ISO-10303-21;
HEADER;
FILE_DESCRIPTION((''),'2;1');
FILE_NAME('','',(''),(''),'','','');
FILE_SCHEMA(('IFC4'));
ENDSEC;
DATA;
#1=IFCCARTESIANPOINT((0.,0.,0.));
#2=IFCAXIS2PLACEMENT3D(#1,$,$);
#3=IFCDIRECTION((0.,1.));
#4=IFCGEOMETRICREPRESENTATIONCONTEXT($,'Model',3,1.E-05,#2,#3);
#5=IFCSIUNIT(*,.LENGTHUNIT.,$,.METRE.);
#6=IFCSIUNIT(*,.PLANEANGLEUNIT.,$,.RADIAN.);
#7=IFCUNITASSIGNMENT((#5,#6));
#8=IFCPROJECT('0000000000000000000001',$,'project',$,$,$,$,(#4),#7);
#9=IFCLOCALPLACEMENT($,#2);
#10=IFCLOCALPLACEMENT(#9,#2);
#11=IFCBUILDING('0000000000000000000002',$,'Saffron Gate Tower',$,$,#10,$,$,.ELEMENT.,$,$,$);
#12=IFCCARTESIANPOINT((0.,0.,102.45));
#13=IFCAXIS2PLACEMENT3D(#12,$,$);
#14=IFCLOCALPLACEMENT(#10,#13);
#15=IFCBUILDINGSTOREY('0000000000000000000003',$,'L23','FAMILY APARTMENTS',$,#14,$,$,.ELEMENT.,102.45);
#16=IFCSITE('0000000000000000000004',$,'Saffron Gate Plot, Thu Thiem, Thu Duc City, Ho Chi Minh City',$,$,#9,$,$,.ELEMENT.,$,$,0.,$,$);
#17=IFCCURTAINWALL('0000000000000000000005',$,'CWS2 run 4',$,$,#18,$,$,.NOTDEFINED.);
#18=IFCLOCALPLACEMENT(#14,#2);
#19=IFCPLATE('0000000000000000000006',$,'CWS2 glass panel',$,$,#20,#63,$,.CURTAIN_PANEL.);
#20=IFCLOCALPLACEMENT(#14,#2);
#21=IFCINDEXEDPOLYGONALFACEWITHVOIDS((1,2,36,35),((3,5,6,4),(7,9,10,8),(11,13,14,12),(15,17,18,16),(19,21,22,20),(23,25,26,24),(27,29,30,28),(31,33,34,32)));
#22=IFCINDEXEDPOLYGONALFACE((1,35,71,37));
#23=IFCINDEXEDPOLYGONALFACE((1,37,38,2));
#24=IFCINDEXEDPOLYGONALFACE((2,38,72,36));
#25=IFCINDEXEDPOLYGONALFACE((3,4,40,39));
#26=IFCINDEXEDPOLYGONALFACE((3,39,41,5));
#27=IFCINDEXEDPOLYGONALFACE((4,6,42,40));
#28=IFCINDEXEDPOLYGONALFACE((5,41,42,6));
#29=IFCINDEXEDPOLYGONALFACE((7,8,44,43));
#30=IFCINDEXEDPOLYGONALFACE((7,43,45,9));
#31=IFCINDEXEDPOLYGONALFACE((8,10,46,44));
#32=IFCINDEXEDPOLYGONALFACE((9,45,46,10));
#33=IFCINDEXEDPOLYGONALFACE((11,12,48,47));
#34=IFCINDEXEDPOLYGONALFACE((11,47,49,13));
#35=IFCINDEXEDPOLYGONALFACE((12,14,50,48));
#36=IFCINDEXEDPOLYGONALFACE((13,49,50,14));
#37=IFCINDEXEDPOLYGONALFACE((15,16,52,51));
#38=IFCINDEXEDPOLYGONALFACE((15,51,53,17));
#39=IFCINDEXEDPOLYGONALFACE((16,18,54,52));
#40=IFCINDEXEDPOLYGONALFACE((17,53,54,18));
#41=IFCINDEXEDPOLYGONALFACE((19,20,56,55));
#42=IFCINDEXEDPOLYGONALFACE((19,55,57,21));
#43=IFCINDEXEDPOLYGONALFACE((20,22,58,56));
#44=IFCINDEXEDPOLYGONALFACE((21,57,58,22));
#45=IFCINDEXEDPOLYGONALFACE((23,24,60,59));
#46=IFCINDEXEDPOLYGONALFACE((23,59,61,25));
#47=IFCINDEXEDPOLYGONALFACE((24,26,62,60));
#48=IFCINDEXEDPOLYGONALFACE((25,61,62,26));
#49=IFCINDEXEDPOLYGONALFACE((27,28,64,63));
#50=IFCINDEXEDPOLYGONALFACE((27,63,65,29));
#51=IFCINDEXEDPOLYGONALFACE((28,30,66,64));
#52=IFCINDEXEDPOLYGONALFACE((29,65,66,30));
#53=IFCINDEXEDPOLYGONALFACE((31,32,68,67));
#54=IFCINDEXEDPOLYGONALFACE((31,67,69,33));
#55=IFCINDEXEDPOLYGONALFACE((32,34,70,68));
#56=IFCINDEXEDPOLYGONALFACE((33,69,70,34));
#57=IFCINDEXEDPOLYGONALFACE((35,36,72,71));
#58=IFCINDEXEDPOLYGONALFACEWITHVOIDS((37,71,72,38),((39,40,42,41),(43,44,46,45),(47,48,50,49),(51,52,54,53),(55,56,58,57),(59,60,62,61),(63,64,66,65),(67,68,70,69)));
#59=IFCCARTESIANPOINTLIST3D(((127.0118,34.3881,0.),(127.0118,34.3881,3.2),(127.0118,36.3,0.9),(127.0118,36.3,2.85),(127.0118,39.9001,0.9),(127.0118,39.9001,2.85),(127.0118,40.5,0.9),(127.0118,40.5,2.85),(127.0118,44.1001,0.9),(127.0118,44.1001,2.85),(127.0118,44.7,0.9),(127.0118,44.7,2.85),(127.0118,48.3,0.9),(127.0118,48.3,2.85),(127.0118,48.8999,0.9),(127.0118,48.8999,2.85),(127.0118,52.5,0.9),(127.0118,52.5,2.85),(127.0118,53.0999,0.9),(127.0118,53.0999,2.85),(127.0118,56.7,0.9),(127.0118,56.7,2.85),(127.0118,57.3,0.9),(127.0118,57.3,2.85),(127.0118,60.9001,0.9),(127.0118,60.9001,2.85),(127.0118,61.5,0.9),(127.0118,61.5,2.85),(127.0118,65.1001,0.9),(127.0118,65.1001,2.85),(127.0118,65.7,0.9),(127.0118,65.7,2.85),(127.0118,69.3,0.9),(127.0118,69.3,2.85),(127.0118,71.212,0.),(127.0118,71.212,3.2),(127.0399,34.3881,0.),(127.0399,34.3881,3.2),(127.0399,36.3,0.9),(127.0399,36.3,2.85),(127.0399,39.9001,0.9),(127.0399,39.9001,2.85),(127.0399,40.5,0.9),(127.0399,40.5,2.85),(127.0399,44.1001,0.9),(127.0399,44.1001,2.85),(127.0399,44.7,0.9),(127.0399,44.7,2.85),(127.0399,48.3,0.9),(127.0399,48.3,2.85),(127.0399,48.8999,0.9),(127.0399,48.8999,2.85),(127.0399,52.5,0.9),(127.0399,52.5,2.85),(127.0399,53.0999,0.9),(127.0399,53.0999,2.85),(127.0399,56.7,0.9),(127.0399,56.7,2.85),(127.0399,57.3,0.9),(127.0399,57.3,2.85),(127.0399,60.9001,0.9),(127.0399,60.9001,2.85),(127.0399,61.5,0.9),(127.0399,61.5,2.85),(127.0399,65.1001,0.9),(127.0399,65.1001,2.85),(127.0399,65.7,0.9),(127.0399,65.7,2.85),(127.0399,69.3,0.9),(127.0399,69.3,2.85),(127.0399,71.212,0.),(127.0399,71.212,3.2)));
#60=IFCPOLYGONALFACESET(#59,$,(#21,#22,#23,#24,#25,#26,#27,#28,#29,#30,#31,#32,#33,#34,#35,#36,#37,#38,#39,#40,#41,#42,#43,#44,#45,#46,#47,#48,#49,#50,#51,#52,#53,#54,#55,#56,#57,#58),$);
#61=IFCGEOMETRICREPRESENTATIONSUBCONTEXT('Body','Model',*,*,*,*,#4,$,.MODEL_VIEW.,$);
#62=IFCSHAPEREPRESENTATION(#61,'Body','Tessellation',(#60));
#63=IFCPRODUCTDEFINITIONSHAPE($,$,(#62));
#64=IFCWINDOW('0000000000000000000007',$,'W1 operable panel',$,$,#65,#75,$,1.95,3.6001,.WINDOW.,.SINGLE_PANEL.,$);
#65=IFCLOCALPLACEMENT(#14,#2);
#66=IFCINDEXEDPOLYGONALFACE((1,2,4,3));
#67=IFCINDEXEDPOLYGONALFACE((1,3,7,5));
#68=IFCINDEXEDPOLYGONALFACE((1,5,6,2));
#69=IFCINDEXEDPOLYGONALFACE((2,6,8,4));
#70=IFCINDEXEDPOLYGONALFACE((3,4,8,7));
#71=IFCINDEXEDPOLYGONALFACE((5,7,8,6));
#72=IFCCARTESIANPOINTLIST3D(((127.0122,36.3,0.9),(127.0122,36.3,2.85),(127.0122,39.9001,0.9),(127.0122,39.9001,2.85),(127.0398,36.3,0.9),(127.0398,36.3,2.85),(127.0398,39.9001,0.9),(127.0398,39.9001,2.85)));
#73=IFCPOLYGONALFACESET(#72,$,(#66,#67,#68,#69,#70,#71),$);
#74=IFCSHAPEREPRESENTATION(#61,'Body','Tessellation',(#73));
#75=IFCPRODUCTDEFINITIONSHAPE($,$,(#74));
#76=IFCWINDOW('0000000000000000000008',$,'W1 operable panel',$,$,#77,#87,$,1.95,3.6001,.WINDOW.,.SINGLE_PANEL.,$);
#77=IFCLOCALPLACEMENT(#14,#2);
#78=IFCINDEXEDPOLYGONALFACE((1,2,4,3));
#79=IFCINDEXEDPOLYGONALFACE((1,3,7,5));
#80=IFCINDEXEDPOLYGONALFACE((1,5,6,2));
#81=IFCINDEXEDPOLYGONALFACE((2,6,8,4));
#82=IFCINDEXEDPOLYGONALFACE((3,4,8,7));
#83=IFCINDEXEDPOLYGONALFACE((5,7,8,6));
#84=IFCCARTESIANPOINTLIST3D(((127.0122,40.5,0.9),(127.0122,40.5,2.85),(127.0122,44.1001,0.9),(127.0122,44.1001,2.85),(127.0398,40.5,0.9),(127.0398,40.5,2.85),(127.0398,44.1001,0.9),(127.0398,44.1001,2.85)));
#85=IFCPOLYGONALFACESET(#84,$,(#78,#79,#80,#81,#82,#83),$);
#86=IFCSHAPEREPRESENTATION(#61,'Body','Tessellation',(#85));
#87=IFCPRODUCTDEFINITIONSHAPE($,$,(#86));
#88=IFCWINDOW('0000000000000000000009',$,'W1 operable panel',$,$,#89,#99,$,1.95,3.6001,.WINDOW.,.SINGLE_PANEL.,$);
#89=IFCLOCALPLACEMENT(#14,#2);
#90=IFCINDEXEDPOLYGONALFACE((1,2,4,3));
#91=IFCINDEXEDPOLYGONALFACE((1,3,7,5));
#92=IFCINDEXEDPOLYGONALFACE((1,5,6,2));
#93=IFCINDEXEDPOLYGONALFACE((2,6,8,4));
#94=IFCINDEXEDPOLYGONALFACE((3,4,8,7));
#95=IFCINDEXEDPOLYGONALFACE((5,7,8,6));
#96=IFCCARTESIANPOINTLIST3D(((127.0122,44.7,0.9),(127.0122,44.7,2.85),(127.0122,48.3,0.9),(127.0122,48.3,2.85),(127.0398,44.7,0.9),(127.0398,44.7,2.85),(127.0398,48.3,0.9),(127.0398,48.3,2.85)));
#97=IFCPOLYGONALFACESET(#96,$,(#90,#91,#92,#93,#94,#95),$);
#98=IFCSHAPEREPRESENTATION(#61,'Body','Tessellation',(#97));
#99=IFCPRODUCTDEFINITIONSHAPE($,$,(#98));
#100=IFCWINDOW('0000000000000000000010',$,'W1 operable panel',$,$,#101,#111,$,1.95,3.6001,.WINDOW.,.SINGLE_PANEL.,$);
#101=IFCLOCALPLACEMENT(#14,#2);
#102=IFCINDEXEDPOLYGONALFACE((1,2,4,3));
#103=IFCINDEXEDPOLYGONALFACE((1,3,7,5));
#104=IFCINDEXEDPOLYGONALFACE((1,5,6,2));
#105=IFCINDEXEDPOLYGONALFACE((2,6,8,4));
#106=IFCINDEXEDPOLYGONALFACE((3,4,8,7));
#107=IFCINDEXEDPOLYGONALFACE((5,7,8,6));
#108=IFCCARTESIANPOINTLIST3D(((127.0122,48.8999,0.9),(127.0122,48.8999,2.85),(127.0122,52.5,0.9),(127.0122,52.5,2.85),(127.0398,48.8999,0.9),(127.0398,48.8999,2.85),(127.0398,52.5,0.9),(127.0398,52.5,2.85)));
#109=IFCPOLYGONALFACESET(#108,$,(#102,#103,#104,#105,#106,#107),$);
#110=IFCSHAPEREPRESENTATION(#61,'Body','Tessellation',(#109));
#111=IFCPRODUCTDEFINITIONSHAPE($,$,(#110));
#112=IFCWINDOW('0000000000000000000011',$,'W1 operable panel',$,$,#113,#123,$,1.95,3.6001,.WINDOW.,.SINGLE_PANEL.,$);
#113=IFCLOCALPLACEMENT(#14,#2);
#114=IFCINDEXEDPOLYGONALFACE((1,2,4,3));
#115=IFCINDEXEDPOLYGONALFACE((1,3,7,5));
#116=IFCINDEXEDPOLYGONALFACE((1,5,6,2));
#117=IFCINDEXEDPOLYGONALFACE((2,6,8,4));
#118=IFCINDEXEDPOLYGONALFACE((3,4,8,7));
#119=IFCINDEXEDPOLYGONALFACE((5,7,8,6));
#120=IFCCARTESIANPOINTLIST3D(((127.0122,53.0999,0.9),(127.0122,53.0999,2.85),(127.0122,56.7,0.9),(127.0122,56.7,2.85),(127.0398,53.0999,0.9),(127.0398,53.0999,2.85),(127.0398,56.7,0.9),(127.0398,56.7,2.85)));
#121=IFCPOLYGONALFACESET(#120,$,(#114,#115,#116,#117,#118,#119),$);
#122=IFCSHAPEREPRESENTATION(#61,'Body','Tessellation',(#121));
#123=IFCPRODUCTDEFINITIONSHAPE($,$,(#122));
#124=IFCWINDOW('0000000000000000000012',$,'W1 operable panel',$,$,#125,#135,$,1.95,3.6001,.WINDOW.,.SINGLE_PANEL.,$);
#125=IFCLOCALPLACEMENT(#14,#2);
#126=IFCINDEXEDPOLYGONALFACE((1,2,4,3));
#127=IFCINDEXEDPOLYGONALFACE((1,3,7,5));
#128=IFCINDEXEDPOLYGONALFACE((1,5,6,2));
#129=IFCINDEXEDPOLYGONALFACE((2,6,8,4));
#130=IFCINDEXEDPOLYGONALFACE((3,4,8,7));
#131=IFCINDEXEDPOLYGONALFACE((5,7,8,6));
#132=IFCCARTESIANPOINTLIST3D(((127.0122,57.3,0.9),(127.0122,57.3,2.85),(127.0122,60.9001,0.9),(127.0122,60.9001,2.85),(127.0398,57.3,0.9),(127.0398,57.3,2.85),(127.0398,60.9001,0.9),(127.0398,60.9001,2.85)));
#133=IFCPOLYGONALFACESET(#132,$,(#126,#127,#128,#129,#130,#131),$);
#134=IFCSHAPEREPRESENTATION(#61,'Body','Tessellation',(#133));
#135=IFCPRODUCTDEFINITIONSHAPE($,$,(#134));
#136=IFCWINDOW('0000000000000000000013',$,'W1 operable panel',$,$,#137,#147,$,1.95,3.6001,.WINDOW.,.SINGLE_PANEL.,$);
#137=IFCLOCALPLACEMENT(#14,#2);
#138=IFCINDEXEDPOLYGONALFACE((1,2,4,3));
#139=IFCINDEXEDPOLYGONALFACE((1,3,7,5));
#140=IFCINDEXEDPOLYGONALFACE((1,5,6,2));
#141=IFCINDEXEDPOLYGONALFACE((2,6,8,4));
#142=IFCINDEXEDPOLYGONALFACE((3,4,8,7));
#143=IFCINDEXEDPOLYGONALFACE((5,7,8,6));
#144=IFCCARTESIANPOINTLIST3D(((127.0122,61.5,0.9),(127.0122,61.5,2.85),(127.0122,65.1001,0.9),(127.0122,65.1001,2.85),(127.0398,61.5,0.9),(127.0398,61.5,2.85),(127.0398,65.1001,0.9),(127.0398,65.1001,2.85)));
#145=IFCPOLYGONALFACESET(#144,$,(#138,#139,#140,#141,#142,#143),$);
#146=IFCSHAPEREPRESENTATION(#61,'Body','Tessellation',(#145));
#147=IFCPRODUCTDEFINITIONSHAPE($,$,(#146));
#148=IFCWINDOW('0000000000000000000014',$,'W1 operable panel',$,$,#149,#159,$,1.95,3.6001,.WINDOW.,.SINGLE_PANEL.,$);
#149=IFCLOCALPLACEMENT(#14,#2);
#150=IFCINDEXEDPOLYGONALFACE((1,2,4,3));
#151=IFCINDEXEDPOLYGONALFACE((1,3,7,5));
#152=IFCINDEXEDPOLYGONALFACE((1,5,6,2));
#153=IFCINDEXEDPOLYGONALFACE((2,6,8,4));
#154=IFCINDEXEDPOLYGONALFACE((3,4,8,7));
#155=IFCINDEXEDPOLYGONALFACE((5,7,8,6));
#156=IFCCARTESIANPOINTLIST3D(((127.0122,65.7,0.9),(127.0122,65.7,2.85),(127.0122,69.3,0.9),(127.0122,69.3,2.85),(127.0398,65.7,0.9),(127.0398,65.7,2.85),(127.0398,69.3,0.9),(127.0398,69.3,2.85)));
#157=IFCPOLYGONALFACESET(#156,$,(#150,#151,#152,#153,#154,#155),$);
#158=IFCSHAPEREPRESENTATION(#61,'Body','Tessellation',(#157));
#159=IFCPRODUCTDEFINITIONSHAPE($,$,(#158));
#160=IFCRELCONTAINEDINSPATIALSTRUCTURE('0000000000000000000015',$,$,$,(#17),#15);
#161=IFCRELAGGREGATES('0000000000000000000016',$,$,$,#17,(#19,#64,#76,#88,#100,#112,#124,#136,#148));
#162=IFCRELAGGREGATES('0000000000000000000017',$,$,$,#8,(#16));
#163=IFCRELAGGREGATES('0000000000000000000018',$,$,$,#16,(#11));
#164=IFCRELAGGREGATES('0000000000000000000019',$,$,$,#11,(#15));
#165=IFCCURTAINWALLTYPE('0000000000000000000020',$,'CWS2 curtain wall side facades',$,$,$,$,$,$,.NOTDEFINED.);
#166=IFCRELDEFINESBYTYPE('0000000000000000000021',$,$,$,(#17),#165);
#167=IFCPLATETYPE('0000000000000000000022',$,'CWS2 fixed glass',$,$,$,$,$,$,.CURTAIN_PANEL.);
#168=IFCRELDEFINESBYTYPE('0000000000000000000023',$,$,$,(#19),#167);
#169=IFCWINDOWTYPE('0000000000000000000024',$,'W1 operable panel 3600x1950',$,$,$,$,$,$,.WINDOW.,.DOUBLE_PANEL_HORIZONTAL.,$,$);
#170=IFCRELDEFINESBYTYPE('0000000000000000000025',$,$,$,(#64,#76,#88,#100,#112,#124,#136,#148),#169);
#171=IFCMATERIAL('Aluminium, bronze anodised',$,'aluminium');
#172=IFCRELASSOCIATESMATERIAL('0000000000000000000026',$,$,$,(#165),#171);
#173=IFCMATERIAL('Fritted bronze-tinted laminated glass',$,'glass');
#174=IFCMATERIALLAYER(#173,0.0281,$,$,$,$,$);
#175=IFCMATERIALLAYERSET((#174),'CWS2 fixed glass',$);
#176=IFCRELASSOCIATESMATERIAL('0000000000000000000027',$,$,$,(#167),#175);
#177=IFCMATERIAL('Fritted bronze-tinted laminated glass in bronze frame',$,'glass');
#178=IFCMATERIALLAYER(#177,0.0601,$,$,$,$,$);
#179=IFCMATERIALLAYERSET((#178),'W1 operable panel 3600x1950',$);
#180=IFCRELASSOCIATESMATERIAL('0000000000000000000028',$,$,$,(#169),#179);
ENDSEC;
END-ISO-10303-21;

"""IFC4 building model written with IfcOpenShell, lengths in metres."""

from ifc_helpers import new_model, si_unit, direction, frame, frame_2d, origin, place, context, subcontext, project, spatial, rectangle, extrude, material, layer, layer_set, type_object, element, fill, aggregate, save


model = new_model("IFC4")

# Units and contexts
model_context = context("Model", 3, precision=1e-05, world=origin(), true_north=direction((0.0, 1.0)))
body_context = subcontext(model_context, "Body", "Model", "MODEL_VIEW")
ifc_project = project(units=[si_unit("LENGTHUNIT", "METRE"), si_unit("PLANEANGLEUNIT", "RADIAN")], contexts=[model_context])

# Site, building, storey
site_placement = place(None, origin())
site = spatial("IfcSite", under=ifc_project, at=site_placement, Name="Saffron Gate Plot, Thu Thiem, Thu Duc City, Ho Chi Minh City", CompositionType="ELEMENT", RefElevation=0.0)
building_placement = place(site_placement, origin())
building = spatial("IfcBuilding", under=site, at=building_placement, Name="Saffron Gate Tower", CompositionType="ELEMENT")
storey_placement = place(building_placement, frame((0.0, 0.0, 102.45)))
storey = spatial("IfcBuildingStorey", under=building, at=storey_placement, Name="L23", Description="FAMILY APARTMENTS", CompositionType="ELEMENT", Elevation=102.45)

# Curtain wall
ifc_material_1 = material(Name="Aluminium, bronze anodised", Category="aluminium")
curtain_wall_type_1 = type_object("IfcCurtainWallType", Name="CWS2 curtain wall side facades", PredefinedType="NOTDEFINED", material=ifc_material_1)
curtain_wall_1_placement = place(storey_placement, origin())
curtain_wall_1 = element("IfcCurtainWall", 1, at=curtain_wall_1_placement, inside=storey, type_object=curtain_wall_type_1, Name="CWS2 run 4", PredefinedType="NOTDEFINED")

# Plate, openings, windows
ifc_material_2 = material(Name="Fritted bronze-tinted laminated glass", Category="glass")
ifc_layer_1 = layer(ifc_material_2, 0.0281)
ifc_layer_set_1 = layer_set([ifc_layer_1], Name="CWS2 fixed glass")
plate_type_1 = type_object("IfcPlateType", Name="CWS2 fixed glass", PredefinedType="CURTAIN_PANEL", material=ifc_layer_set_1)
plate_1_placement = place(storey_placement, frame((127.0259, 34.3879, 0.0), z_axis=(0.0, 0.0, 1.0), x_axis=(0.0, 1.0, 0.0)))
plate_1 = element("IfcPlate", 2, at=plate_1_placement, type_object=plate_type_1, Name="CWS2 glass panel", PredefinedType="CURTAIN_PANEL", context=body_context, shape_type="SweptSolid", body=[
    extrude(rectangle(XDim=36.824, YDim=0.0281, at=frame_2d((18.4121, 0.0))), origin(), (0.0, 0.0, 1.0), 3.2),
])
opening_1_placement = place(plate_1_placement, frame((1.9121, 0.0, 0.8999)))
opening_1 = element("IfcOpeningElement", 3, at=opening_1_placement, cuts=plate_1, PredefinedType="OPENING", context=body_context, shape_type="SweptSolid", body=[
    extrude(rectangle(XDim=3.6001, YDim=1.95, at=frame_2d((1.8, 0.9751))), frame((0.0, 0.0239, 0.0), z_axis=(0.0, -1.0, 0.0), x_axis=(1.0, 0.0, 0.0)), (0.0, 0.0, 1.0), 0.0481),
])
opening_2_placement = place(plate_1_placement, frame((6.1121, 0.0, 0.8999)))
opening_2 = element("IfcOpeningElement", 4, at=opening_2_placement, cuts=plate_1, PredefinedType="OPENING", context=body_context, shape_type="SweptSolid", body=[
    extrude(rectangle(XDim=3.6001, YDim=1.95, at=frame_2d((1.8, 0.9751))), frame((0.0, 0.0239, 0.0), z_axis=(0.0, -1.0, 0.0), x_axis=(1.0, 0.0, 0.0)), (0.0, 0.0, 1.0), 0.0481),
])
opening_3_placement = place(plate_1_placement, frame((10.312, 0.0, 0.8999)))
opening_3 = element("IfcOpeningElement", 5, at=opening_3_placement, cuts=plate_1, PredefinedType="OPENING", context=body_context, shape_type="SweptSolid", body=[
    extrude(rectangle(XDim=3.6001, YDim=1.95, at=frame_2d((1.8, 0.9751))), frame((0.0, 0.0239, 0.0), z_axis=(0.0, -1.0, 0.0), x_axis=(1.0, 0.0, 0.0)), (0.0, 0.0, 1.0), 0.0481),
])
opening_4_placement = place(plate_1_placement, frame((14.512, 0.0, 0.8999)))
opening_4 = element("IfcOpeningElement", 6, at=opening_4_placement, cuts=plate_1, PredefinedType="OPENING", context=body_context, shape_type="SweptSolid", body=[
    extrude(rectangle(XDim=3.6001, YDim=1.95, at=frame_2d((1.8, 0.9751))), frame((0.0, 0.0239, 0.0), z_axis=(0.0, -1.0, 0.0), x_axis=(1.0, 0.0, 0.0)), (0.0, 0.0, 1.0), 0.0481),
])
opening_5_placement = place(plate_1_placement, frame((18.7119, 0.0, 0.8999)))
opening_5 = element("IfcOpeningElement", 7, at=opening_5_placement, cuts=plate_1, PredefinedType="OPENING", context=body_context, shape_type="SweptSolid", body=[
    extrude(rectangle(XDim=3.6001, YDim=1.95, at=frame_2d((1.8, 0.9751))), frame((0.0, 0.0239, 0.0), z_axis=(0.0, -1.0, 0.0), x_axis=(1.0, 0.0, 0.0)), (0.0, 0.0, 1.0), 0.0481),
])
opening_6_placement = place(plate_1_placement, frame((22.9121, 0.0, 0.8999)))
opening_6 = element("IfcOpeningElement", 8, at=opening_6_placement, cuts=plate_1, PredefinedType="OPENING", context=body_context, shape_type="SweptSolid", body=[
    extrude(rectangle(XDim=3.6001, YDim=1.95, at=frame_2d((1.8, 0.9751))), frame((0.0, 0.0239, 0.0), z_axis=(0.0, -1.0, 0.0), x_axis=(1.0, 0.0, 0.0)), (0.0, 0.0, 1.0), 0.0481),
])
opening_7_placement = place(plate_1_placement, frame((27.1121, 0.0, 0.8999)))
opening_7 = element("IfcOpeningElement", 9, at=opening_7_placement, cuts=plate_1, PredefinedType="OPENING", context=body_context, shape_type="SweptSolid", body=[
    extrude(rectangle(XDim=3.6001, YDim=1.95, at=frame_2d((1.8, 0.9751))), frame((0.0, 0.0239, 0.0), z_axis=(0.0, -1.0, 0.0), x_axis=(1.0, 0.0, 0.0)), (0.0, 0.0, 1.0), 0.0481),
])
opening_8_placement = place(plate_1_placement, frame((31.312, 0.0, 0.8999)))
opening_8 = element("IfcOpeningElement", 10, at=opening_8_placement, cuts=plate_1, PredefinedType="OPENING", context=body_context, shape_type="SweptSolid", body=[
    extrude(rectangle(XDim=3.6001, YDim=1.95, at=frame_2d((1.8, 0.9751))), frame((0.0, 0.0239, 0.0), z_axis=(0.0, -1.0, 0.0), x_axis=(1.0, 0.0, 0.0)), (0.0, 0.0, 1.0), 0.0481),
])
ifc_material_3 = material(Name="Fritted bronze-tinted laminated glass in bronze frame", Category="glass")
ifc_layer_2 = layer(ifc_material_3, 0.0601)
ifc_layer_set_2 = layer_set([ifc_layer_2], Name="W1 operable panel 3600x1950")
window_type = type_object("IfcWindowType", Name="W1 operable panel 3600x1950", PartitioningType="DOUBLE_PANEL_HORIZONTAL", PredefinedType="WINDOW", material=ifc_layer_set_2)
window_1_placement = place(opening_1_placement, origin())
window_1 = element("IfcWindow", 11, at=window_1_placement, type_object=window_type, Name="W1 operable panel", OverallHeight=1.95, OverallWidth=3.6001, PartitioningType="SINGLE_PANEL", PredefinedType="WINDOW", context=body_context, shape_type="SweptSolid", body=[
    extrude(rectangle(XDim=3.6001, YDim=1.95, at=frame_2d((1.8, 0.9751))), frame((0.0, 0.0137, 0.0), z_axis=(0.0, -1.0, 0.0), x_axis=(1.0, 0.0, 0.0)), (0.0, 0.0, 1.0), 0.0276),
])
fill(opening_1, window_1)
window_2_placement = place(opening_2_placement, origin())
window_2 = element("IfcWindow", 12, at=window_2_placement, type_object=window_type, Name="W1 operable panel", OverallHeight=1.95, OverallWidth=3.6001, PartitioningType="SINGLE_PANEL", PredefinedType="WINDOW", context=body_context, shape_type="SweptSolid", body=[
    extrude(rectangle(XDim=3.6001, YDim=1.95, at=frame_2d((1.8, 0.9751))), frame((0.0, 0.0137, 0.0), z_axis=(0.0, -1.0, 0.0), x_axis=(1.0, 0.0, 0.0)), (0.0, 0.0, 1.0), 0.0276),
])
fill(opening_2, window_2)
window_3_placement = place(opening_3_placement, origin())
window_3 = element("IfcWindow", 13, at=window_3_placement, type_object=window_type, Name="W1 operable panel", OverallHeight=1.95, OverallWidth=3.6001, PartitioningType="SINGLE_PANEL", PredefinedType="WINDOW", context=body_context, shape_type="SweptSolid", body=[
    extrude(rectangle(XDim=3.6001, YDim=1.95, at=frame_2d((1.8, 0.9751))), frame((0.0, 0.0137, 0.0), z_axis=(0.0, -1.0, 0.0), x_axis=(1.0, 0.0, 0.0)), (0.0, 0.0, 1.0), 0.0276),
])
fill(opening_3, window_3)
window_4_placement = place(opening_4_placement, origin())
window_4 = element("IfcWindow", 14, at=window_4_placement, type_object=window_type, Name="W1 operable panel", OverallHeight=1.95, OverallWidth=3.6001, PartitioningType="SINGLE_PANEL", PredefinedType="WINDOW", context=body_context, shape_type="SweptSolid", body=[
    extrude(rectangle(XDim=3.6001, YDim=1.95, at=frame_2d((1.8, 0.9751))), frame((0.0, 0.0137, 0.0), z_axis=(0.0, -1.0, 0.0), x_axis=(1.0, 0.0, 0.0)), (0.0, 0.0, 1.0), 0.0276),
])
fill(opening_4, window_4)
window_5_placement = place(opening_5_placement, origin())
window_5 = element("IfcWindow", 15, at=window_5_placement, type_object=window_type, Name="W1 operable panel", OverallHeight=1.95, OverallWidth=3.6001, PartitioningType="SINGLE_PANEL", PredefinedType="WINDOW", context=body_context, shape_type="SweptSolid", body=[
    extrude(rectangle(XDim=3.6001, YDim=1.95, at=frame_2d((1.8, 0.9751))), frame((0.0, 0.0137, 0.0), z_axis=(0.0, -1.0, 0.0), x_axis=(1.0, 0.0, 0.0)), (0.0, 0.0, 1.0), 0.0276),
])
fill(opening_5, window_5)
window_6_placement = place(opening_6_placement, origin())
window_6 = element("IfcWindow", 16, at=window_6_placement, type_object=window_type, Name="W1 operable panel", OverallHeight=1.95, OverallWidth=3.6001, PartitioningType="SINGLE_PANEL", PredefinedType="WINDOW", context=body_context, shape_type="SweptSolid", body=[
    extrude(rectangle(XDim=3.6001, YDim=1.95, at=frame_2d((1.8, 0.9751))), frame((0.0, 0.0137, 0.0), z_axis=(0.0, -1.0, 0.0), x_axis=(1.0, 0.0, 0.0)), (0.0, 0.0, 1.0), 0.0276),
])
fill(opening_6, window_6)
window_7_placement = place(opening_7_placement, origin())
window_7 = element("IfcWindow", 17, at=window_7_placement, type_object=window_type, Name="W1 operable panel", OverallHeight=1.95, OverallWidth=3.6001, PartitioningType="SINGLE_PANEL", PredefinedType="WINDOW", context=body_context, shape_type="SweptSolid", body=[
    extrude(rectangle(XDim=3.6001, YDim=1.95, at=frame_2d((1.8, 0.9751))), frame((0.0, 0.0137, 0.0), z_axis=(0.0, -1.0, 0.0), x_axis=(1.0, 0.0, 0.0)), (0.0, 0.0, 1.0), 0.0276),
])
fill(opening_7, window_7)
window_8_placement = place(opening_8_placement, origin())
window_8 = element("IfcWindow", 18, at=window_8_placement, type_object=window_type, Name="W1 operable panel", OverallHeight=1.95, OverallWidth=3.6001, PartitioningType="SINGLE_PANEL", PredefinedType="WINDOW", context=body_context, shape_type="SweptSolid", body=[
    extrude(rectangle(XDim=3.6001, YDim=1.95, at=frame_2d((1.8, 0.9751))), frame((0.0, 0.0137, 0.0), z_axis=(0.0, -1.0, 0.0), x_axis=(1.0, 0.0, 0.0)), (0.0, 0.0, 1.0), 0.0276),
])
fill(opening_8, window_8)
aggregate(curtain_wall_1, [plate_1, window_1, window_2, window_3, window_4, window_5, window_6, window_7, window_8])

save(model, "model.ifc")
